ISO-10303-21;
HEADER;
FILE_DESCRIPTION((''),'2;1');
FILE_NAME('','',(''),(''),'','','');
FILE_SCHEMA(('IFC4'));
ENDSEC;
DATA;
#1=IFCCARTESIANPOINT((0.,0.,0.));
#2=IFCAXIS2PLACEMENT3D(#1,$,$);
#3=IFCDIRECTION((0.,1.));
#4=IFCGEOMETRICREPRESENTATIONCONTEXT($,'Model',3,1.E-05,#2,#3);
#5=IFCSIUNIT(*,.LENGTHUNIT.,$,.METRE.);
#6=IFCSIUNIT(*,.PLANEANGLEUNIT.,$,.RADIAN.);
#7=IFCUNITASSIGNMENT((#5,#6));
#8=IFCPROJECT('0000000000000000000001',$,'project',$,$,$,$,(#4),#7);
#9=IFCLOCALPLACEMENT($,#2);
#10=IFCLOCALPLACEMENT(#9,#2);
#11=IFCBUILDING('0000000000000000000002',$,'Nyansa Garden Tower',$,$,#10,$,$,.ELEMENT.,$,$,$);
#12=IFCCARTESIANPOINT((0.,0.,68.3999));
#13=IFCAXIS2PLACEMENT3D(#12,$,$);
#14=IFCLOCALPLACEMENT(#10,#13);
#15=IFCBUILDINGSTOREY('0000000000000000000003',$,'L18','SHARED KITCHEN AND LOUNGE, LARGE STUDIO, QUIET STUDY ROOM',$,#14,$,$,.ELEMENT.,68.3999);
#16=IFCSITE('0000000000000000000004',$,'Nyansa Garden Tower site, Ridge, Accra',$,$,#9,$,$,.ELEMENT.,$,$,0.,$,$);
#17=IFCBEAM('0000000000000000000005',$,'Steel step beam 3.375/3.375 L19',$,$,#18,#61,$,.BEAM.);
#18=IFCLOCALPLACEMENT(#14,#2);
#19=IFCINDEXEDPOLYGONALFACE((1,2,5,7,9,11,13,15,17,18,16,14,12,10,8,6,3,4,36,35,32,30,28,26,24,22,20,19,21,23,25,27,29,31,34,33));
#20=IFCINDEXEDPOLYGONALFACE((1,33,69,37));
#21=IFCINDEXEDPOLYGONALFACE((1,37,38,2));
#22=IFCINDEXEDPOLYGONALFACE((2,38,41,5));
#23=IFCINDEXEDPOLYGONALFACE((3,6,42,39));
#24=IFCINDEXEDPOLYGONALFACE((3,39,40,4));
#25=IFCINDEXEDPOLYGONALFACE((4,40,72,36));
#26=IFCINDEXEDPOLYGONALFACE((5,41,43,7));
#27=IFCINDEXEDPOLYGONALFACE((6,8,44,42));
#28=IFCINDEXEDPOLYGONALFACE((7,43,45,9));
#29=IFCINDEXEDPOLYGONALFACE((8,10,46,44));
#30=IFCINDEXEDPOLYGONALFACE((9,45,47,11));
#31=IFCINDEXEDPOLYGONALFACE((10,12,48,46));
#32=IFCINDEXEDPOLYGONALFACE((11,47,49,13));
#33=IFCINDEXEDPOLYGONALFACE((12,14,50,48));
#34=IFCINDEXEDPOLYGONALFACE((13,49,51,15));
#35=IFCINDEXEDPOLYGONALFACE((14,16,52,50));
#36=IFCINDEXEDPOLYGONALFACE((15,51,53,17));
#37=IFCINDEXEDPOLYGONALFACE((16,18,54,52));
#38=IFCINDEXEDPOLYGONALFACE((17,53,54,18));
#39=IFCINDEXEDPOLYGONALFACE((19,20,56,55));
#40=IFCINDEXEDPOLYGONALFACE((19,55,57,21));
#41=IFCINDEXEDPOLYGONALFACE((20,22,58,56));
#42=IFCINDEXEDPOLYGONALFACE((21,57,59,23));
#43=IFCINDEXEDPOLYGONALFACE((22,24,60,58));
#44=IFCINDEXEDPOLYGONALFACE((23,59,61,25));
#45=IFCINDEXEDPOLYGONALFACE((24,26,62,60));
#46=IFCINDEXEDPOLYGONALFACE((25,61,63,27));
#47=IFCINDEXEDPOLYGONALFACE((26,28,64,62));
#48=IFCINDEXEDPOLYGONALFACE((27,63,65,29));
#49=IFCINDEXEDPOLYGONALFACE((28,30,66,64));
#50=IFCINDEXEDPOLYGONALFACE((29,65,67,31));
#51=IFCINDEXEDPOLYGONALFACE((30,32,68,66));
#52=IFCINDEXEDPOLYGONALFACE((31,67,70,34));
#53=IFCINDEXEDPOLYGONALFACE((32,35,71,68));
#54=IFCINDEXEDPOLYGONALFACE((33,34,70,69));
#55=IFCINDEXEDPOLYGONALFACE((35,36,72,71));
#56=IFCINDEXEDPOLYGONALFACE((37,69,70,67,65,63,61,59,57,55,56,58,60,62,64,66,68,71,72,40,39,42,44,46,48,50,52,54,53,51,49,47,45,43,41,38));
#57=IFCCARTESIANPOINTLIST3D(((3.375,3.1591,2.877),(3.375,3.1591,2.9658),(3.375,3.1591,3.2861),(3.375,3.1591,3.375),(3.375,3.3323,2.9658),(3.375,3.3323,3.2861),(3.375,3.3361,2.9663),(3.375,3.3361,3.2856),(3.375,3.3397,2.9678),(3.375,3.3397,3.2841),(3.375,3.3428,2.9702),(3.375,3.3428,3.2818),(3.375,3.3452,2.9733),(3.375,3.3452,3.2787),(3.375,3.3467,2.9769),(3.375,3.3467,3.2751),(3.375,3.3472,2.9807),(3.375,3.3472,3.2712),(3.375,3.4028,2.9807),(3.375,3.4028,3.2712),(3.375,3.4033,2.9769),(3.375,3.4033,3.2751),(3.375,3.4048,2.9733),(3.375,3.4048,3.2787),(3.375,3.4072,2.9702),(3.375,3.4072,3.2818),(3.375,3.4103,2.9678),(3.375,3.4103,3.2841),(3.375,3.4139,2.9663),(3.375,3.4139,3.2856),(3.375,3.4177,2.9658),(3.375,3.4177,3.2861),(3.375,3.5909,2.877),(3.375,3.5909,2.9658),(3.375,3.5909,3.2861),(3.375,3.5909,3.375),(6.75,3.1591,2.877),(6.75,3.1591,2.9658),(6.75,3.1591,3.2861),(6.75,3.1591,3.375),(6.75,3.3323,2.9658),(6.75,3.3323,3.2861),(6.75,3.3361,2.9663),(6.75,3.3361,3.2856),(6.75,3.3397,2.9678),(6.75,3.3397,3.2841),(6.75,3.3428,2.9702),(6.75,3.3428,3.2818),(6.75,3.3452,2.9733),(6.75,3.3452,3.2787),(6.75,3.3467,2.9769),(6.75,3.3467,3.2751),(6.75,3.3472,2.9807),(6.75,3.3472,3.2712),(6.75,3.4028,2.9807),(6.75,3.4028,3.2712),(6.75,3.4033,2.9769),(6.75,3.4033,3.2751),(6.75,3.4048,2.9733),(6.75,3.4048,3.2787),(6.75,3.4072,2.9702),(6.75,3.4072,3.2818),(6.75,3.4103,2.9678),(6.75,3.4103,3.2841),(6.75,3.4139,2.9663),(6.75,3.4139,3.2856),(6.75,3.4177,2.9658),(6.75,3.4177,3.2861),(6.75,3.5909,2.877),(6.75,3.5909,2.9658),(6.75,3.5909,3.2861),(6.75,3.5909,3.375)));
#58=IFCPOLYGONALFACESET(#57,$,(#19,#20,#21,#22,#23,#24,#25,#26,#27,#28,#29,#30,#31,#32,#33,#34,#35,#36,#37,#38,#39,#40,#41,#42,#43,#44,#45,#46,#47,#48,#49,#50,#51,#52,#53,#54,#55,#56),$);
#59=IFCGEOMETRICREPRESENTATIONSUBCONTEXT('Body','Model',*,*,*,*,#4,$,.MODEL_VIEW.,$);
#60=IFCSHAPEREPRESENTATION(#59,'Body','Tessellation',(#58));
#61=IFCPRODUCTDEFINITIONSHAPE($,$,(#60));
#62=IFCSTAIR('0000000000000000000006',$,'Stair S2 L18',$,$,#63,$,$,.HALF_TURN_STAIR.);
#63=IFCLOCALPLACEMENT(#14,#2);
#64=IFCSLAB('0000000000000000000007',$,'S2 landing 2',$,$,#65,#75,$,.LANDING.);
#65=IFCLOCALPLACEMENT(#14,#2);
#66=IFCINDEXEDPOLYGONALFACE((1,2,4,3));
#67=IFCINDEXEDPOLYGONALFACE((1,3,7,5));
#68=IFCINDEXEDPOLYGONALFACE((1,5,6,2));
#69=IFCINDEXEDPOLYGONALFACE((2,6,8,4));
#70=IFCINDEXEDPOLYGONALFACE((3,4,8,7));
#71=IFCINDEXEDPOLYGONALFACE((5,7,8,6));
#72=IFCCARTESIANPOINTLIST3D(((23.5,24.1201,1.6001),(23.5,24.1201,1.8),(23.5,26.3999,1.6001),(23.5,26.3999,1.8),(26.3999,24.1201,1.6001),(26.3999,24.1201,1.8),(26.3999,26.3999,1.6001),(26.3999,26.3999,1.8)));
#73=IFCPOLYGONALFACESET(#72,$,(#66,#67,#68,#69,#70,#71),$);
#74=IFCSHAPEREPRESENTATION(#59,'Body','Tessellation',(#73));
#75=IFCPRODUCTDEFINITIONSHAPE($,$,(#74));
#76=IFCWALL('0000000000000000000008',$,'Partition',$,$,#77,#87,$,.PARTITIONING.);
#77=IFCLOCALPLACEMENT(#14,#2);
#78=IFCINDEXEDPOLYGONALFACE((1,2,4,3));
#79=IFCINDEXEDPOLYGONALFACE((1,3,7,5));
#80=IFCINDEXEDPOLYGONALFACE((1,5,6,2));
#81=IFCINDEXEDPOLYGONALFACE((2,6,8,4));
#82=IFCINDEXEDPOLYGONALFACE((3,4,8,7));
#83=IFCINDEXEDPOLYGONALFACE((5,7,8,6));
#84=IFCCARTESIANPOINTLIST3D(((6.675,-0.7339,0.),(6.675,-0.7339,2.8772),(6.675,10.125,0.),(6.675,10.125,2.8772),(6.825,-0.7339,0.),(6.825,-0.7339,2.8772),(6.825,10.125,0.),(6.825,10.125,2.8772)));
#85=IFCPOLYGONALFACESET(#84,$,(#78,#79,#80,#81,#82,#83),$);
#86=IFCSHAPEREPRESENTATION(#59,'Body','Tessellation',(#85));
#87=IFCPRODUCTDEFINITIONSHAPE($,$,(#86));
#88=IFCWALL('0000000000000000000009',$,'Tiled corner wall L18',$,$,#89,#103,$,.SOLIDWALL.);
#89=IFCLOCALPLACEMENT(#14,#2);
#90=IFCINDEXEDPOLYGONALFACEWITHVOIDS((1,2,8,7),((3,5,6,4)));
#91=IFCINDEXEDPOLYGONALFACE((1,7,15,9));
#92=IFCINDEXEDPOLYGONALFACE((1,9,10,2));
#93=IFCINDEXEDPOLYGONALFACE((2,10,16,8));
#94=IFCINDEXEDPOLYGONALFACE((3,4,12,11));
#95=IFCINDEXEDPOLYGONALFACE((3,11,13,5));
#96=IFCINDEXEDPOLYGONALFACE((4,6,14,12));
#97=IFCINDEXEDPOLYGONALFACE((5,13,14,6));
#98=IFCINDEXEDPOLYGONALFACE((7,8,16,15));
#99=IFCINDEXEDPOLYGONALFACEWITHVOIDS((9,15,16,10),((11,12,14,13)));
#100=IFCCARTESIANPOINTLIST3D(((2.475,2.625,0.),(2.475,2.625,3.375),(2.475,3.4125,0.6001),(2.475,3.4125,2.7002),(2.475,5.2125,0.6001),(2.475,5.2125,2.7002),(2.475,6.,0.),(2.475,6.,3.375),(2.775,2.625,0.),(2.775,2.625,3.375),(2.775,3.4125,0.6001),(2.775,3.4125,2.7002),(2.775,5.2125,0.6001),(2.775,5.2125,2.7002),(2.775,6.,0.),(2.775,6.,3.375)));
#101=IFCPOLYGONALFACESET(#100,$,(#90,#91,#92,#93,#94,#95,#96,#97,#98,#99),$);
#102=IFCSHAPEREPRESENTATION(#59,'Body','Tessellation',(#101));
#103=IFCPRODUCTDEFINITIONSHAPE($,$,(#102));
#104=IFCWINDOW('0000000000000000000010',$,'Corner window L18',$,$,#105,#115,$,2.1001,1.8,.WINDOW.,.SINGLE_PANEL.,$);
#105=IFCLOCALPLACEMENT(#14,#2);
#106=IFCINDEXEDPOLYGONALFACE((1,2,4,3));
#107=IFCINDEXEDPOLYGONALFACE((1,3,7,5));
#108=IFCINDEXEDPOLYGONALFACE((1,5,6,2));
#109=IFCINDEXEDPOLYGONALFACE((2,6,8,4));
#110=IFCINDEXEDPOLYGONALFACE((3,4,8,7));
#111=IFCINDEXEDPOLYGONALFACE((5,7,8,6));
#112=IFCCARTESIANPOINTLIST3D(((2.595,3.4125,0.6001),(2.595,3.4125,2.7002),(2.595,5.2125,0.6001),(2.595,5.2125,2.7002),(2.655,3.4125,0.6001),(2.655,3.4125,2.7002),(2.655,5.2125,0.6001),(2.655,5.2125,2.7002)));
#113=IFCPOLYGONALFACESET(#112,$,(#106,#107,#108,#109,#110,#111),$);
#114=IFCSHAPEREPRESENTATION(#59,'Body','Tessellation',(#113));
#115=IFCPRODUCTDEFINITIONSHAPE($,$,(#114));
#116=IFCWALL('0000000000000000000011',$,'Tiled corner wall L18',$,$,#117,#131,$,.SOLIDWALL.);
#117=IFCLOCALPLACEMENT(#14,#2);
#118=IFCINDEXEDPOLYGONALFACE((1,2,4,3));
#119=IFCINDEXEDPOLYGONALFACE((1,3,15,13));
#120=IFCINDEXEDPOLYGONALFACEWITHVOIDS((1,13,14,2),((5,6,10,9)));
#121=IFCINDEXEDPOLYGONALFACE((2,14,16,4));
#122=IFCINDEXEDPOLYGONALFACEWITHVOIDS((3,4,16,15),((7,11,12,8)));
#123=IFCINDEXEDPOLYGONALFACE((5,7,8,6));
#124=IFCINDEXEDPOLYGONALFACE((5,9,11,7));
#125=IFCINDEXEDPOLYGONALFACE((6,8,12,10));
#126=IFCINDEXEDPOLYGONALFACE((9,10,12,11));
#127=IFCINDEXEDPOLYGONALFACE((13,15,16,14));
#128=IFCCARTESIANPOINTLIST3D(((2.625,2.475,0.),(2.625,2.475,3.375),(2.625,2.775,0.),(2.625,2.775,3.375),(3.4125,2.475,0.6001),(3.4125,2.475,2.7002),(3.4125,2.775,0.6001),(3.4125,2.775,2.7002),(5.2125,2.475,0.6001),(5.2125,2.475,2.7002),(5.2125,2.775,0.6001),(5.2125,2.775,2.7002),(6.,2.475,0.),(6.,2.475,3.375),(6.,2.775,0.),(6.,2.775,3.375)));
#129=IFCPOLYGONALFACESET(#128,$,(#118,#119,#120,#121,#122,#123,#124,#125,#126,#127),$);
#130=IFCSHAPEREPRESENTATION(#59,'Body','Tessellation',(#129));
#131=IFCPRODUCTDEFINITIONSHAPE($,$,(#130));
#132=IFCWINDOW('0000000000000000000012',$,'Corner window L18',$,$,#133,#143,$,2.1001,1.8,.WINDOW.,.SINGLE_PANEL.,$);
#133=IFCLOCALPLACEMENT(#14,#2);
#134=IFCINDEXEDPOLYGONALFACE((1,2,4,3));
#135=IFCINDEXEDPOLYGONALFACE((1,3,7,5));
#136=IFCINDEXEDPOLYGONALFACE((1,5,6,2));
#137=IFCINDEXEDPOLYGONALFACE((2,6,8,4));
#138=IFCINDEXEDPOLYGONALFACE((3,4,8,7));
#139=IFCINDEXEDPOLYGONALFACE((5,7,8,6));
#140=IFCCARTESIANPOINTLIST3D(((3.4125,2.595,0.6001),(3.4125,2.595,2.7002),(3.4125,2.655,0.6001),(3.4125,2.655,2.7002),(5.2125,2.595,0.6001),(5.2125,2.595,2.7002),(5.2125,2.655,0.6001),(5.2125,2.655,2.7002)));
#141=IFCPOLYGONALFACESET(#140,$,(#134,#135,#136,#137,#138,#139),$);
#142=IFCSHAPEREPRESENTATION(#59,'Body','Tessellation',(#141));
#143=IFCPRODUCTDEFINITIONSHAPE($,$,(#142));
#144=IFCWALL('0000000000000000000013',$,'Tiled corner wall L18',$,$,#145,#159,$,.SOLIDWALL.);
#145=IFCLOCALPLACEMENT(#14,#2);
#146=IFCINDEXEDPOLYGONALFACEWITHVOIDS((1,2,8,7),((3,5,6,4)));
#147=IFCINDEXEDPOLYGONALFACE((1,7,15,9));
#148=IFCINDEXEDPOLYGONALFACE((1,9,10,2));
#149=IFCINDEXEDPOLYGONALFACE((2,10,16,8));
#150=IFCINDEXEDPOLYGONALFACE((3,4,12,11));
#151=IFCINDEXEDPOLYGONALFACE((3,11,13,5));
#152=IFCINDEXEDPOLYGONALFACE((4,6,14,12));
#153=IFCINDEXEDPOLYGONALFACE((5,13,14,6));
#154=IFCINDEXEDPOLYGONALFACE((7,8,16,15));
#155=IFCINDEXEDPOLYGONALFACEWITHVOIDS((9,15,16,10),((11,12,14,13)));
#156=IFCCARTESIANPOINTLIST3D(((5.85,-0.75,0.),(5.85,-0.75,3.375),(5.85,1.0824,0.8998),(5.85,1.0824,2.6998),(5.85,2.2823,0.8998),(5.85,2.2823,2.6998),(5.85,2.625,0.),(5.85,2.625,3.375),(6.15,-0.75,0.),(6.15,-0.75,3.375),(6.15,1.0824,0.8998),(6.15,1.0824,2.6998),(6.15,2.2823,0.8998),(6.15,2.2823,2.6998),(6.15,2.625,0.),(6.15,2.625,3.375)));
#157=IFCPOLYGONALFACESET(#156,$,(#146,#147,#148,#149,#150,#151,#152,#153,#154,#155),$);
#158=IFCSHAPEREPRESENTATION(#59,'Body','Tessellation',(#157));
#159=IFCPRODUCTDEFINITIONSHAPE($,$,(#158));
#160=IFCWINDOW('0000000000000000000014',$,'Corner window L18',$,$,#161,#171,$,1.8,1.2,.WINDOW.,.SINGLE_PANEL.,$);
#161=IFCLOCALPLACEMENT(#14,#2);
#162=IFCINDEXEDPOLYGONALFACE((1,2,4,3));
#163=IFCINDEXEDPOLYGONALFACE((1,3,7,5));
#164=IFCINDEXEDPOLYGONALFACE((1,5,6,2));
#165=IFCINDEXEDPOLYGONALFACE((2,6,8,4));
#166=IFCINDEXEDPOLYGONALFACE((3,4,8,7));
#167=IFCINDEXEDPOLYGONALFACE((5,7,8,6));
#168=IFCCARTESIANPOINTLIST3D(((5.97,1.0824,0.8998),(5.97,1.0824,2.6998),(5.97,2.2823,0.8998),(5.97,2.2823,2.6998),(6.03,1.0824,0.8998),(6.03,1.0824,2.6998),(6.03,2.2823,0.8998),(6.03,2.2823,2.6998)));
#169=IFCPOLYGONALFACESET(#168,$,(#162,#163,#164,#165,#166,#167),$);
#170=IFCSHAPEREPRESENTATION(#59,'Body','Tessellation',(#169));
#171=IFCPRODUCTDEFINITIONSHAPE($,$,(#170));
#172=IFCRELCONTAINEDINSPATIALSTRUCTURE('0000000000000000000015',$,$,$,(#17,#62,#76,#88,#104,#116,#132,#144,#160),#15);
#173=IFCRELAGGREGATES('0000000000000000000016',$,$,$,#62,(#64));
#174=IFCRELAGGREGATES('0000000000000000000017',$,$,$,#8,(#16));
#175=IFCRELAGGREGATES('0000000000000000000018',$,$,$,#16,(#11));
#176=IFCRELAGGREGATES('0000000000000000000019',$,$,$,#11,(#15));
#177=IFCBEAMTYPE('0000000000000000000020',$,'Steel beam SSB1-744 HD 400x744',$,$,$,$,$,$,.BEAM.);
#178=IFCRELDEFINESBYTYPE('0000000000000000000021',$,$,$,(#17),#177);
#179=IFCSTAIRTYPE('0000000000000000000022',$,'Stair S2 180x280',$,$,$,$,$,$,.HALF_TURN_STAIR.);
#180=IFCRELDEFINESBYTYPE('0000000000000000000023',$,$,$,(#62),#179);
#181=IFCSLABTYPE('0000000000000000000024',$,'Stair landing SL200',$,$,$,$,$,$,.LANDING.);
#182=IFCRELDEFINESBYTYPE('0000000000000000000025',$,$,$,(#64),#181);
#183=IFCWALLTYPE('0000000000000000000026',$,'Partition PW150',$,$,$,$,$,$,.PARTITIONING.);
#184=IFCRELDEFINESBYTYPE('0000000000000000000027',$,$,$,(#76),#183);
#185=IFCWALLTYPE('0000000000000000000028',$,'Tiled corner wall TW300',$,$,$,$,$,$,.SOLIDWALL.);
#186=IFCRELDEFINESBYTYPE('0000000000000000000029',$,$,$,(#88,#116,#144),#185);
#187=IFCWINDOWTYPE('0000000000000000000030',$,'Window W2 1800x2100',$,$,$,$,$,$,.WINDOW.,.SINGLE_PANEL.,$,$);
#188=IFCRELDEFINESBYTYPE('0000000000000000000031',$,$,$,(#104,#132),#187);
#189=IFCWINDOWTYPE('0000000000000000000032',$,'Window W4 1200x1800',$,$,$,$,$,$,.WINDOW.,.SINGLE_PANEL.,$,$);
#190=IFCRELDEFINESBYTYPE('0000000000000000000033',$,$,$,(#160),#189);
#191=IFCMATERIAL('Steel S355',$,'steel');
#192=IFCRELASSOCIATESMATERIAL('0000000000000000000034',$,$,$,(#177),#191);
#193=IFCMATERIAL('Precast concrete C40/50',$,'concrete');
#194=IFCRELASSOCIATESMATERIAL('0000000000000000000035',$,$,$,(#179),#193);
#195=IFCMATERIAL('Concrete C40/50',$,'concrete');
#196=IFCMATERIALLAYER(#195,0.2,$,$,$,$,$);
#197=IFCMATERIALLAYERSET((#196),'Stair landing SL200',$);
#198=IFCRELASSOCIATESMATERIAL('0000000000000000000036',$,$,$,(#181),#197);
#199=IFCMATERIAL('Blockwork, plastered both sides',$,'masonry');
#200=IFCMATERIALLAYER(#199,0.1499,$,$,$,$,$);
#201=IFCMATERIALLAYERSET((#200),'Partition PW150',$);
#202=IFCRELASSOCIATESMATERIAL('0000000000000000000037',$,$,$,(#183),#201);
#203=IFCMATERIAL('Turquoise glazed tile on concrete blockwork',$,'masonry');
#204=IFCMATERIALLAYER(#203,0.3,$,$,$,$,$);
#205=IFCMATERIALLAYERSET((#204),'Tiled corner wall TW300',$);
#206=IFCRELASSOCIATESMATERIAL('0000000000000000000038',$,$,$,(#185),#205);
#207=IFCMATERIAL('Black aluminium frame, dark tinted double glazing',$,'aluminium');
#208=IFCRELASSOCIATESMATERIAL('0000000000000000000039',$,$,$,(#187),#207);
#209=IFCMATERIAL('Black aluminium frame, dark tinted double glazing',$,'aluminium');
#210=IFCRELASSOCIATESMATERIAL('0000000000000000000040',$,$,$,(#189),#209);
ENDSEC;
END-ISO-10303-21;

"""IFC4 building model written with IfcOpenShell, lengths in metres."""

from ifc_helpers import new_model, si_unit, direction, frame, frame_2d, origin, origin_2d, place, context, subcontext, project, spatial, polyline, rectangle, i_section, outline, extrude, material, layer, layer_set, material_profile, profile_set, type_object, element, fill, aggregate, save


model = new_model("IFC4")

# Units and contexts
model_context = context("Model", 3, precision=1e-05, world=origin(), true_north=direction((0.0, 1.0)))
body_context = subcontext(model_context, "Body", "Model", "MODEL_VIEW")
ifc_project = project(units=[si_unit("LENGTHUNIT", "METRE"), si_unit("PLANEANGLEUNIT", "RADIAN")], contexts=[model_context])

# Site, building, storey
site_placement = place(None, origin())
site = spatial("IfcSite", under=ifc_project, at=site_placement, Name="Nyansa Garden Tower site, Ridge, Accra", CompositionType="ELEMENT", RefElevation=0.0)
building_placement = place(site_placement, origin())
building = spatial("IfcBuilding", under=site, at=building_placement, Name="Nyansa Garden Tower", CompositionType="ELEMENT")
storey_placement = place(building_placement, frame((0.0, 0.0, 68.3999)))
storey = spatial("IfcBuildingStorey", under=building, at=storey_placement, Name="L18", Description="SHARED KITCHEN AND LOUNGE, LARGE STUDIO, QUIET STUDY ROOM", CompositionType="ELEMENT", Elevation=68.3999)

# Beam
ifc_material_1 = material(Name="Steel S355", Category="steel")
ifc_material_profile_1 = material_profile(ifc_material_1, i_section(OverallWidth=0.4319, OverallDepth=0.498, WebThickness=0.0557, FlangeThickness=0.0889, FilletRadius=0.0149, at=origin_2d()), Name="HD 400x744")
ifc_profile_set_1 = profile_set([ifc_material_profile_1], Name="Steel S355")
beam_type_1 = type_object("IfcBeamType", Name="Steel beam SSB1-744 HD 400x744", PredefinedType="BEAM", material=ifc_profile_set_1)
for number, where, z_axis, x_axis, name in (
    (1, (3.375, 3.375, 3.126), (1.0, 0.0, 0.0), (0.0, 1.0, 0.0), "Steel step beam 3.375/3.375 L19"),
):
    element("IfcBeam", number, at=place(storey_placement, frame(where, z_axis=z_axis, x_axis=x_axis)), inside=storey, type_object=beam_type_1, Name=name, PredefinedType="BEAM", context=body_context, shape_type="SweptSolid", body=[
        extrude(i_section(OverallWidth=0.4319, OverallDepth=0.498, WebThickness=0.0557, FlangeThickness=0.0889, FilletRadius=0.0149, at=origin_2d()), origin(), (0.0, 0.0, 1.0), 3.375),
    ])

# Stair, slab
ifc_material_2 = material(Name="Precast concrete C40/50", Category="concrete")
stair_type = type_object("IfcStairType", Name="Stair S2 180x280", PredefinedType="HALF_TURN_STAIR", material=ifc_material_2)
stair_placement = place(storey_placement, origin())
stair = element("IfcStair", 2, at=stair_placement, inside=storey, type_object=stair_type, Name="Stair S2 L18", PredefinedType="HALF_TURN_STAIR")
ifc_material_3 = material(Name="Concrete C40/50", Category="concrete")
ifc_layer_1 = layer(ifc_material_3, 0.2)
ifc_layer_set_1 = layer_set([ifc_layer_1], Name="Stair landing SL200")
slab_type = type_object("IfcSlabType", Name="Stair landing SL200", PredefinedType="LANDING", material=ifc_layer_set_1)
slab_placement = place(storey_placement, frame((0.0, 0.0, 1.6001)))
slab = element("IfcSlab", 3, at=slab_placement, type_object=slab_type, Name="S2 landing 2", PredefinedType="LANDING", context=body_context, shape_type="SweptSolid", body=[
    extrude(outline(polyline([(23.5, 24.1201), (26.3999, 24.1201), (26.3999, 26.3999), (23.5, 26.3999), (23.5, 24.1201)])), origin(), (0.0, 0.0, 1.0), 0.2),
])
aggregate(stair, [slab])

# Wall
ifc_material_4 = material(Name="Blockwork, plastered both sides", Category="masonry")
ifc_layer_2 = layer(ifc_material_4, 0.1499)
ifc_layer_set_2 = layer_set([ifc_layer_2], Name="Partition PW150")
wall_type_1 = type_object("IfcWallType", Name="Partition PW150", PredefinedType="PARTITIONING", material=ifc_layer_set_2)
wall_1_placement = place(storey_placement, frame((6.75, -0.7339, 0.0), z_axis=(0.0, 0.0, 1.0), x_axis=(0.0, 1.0, 0.0)))
element("IfcWall", 4, at=wall_1_placement, inside=storey, type_object=wall_type_1, Name="Partition", PredefinedType="PARTITIONING", context=body_context, shape_type="SweptSolid", body=[
    extrude(rectangle(XDim=10.8589, YDim=0.1499, at=frame_2d((5.4294, 0.0))), origin(), (0.0, 0.0, 1.0), 2.8772),
])

# Walls, openings, windows
ifc_material_5 = material(Name="Turquoise glazed tile on concrete blockwork", Category="masonry")
ifc_layer_3 = layer(ifc_material_5, 0.3)
ifc_layer_set_3 = layer_set([ifc_layer_3], Name="Tiled corner wall TW300")
wall_type_2 = type_object("IfcWallType", Name="Tiled corner wall TW300", PredefinedType="SOLIDWALL", material=ifc_layer_set_3)
wall_2_placement = place(storey_placement, frame((2.625, 6.0, 0.0), z_axis=(0.0, 0.0, 1.0), x_axis=(0.0, -1.0, 0.0)))
wall_2 = element("IfcWall", 5, at=wall_2_placement, inside=storey, type_object=wall_type_2, Name="Tiled corner wall L18", PredefinedType="SOLIDWALL", context=body_context, shape_type="SweptSolid", body=[
    extrude(rectangle(XDim=3.375, YDim=0.3, at=frame_2d((1.6875, 0.0))), origin(), (0.0, 0.0, 1.0), 3.375),
])
opening_1_placement = place(wall_2_placement, frame((0.7876, 0.0, 0.6001)))
opening_1 = element("IfcOpeningElement", 6, at=opening_1_placement, cuts=wall_2, PredefinedType="OPENING", context=body_context, shape_type="SweptSolid", body=[
    extrude(rectangle(XDim=1.8, YDim=2.1001, at=frame_2d((0.8999, 1.05))), frame((0.0, 0.1599, 0.0), z_axis=(0.0, -1.0, 0.0), x_axis=(1.0, 0.0, 0.0)), (0.0, 0.0, 1.0), 0.3201),
])
ifc_material_6 = material(Name="Black aluminium frame, dark tinted double glazing", Category="aluminium")
window_type_1 = type_object("IfcWindowType", Name="Window W2 1800x2100", PartitioningType="SINGLE_PANEL", PredefinedType="WINDOW", material=ifc_material_6)
window_1_placement = place(opening_1_placement, origin())
window_1 = element("IfcWindow", 7, at=window_1_placement, inside=storey, type_object=window_type_1, Name="Corner window L18", OverallHeight=2.1001, OverallWidth=1.8, PartitioningType="SINGLE_PANEL", PredefinedType="WINDOW", context=body_context, shape_type="SweptSolid", body=[
    extrude(rectangle(XDim=1.8, YDim=2.1001, at=frame_2d((0.8999, 1.05))), frame((0.0, 0.03, 0.0), z_axis=(0.0, -1.0, 0.0), x_axis=(1.0, 0.0, 0.0)), (0.0, 0.0, 1.0), 0.0601),
])
fill(opening_1, window_1)
wall_3_placement = place(storey_placement, frame((2.625, 2.625, 0.0), z_axis=(0.0, 0.0, 1.0), x_axis=(1.0, 0.0, 0.0)))
wall_3 = element("IfcWall", 8, at=wall_3_placement, inside=storey, type_object=wall_type_2, Name="Tiled corner wall L18", PredefinedType="SOLIDWALL", context=body_context, shape_type="SweptSolid", body=[
    extrude(rectangle(XDim=3.375, YDim=0.3, at=frame_2d((1.6875, 0.0))), origin(), (0.0, 0.0, 1.0), 3.375),
])
opening_2_placement = place(wall_3_placement, frame((0.7876, 0.0, 0.6001)))
opening_2 = element("IfcOpeningElement", 9, at=opening_2_placement, cuts=wall_3, PredefinedType="OPENING", context=body_context, shape_type="SweptSolid", body=[
    extrude(rectangle(XDim=1.8, YDim=2.1001, at=frame_2d((0.8999, 1.05))), frame((0.0, 0.1599, 0.0), z_axis=(0.0, -1.0, 0.0), x_axis=(1.0, 0.0, 0.0)), (0.0, 0.0, 1.0), 0.3201),
])
window_2_placement = place(opening_2_placement, origin())
window_2 = element("IfcWindow", 10, at=window_2_placement, inside=storey, type_object=window_type_1, Name="Corner window L18", OverallHeight=2.1001, OverallWidth=1.8, PartitioningType="SINGLE_PANEL", PredefinedType="WINDOW", context=body_context, shape_type="SweptSolid", body=[
    extrude(rectangle(XDim=1.8, YDim=2.1001, at=frame_2d((0.8999, 1.05))), frame((0.0, 0.03, 0.0), z_axis=(0.0, -1.0, 0.0), x_axis=(1.0, 0.0, 0.0)), (0.0, 0.0, 1.0), 0.0601),
])
fill(opening_2, window_2)
wall_4_placement = place(storey_placement, frame((6.0, 2.625, 0.0), z_axis=(0.0, 0.0, 1.0), x_axis=(0.0, -1.0, 0.0)))
wall_4 = element("IfcWall", 11, at=wall_4_placement, inside=storey, type_object=wall_type_2, Name="Tiled corner wall L18", PredefinedType="SOLIDWALL", context=body_context, shape_type="SweptSolid", body=[
    extrude(rectangle(XDim=3.375, YDim=0.3, at=frame_2d((1.6875, 0.0))), origin(), (0.0, 0.0, 1.0), 3.375),
])
opening_3_placement = place(wall_4_placement, frame((0.3425, 0.0, 0.8999)))
opening_3 = element("IfcOpeningElement", 12, at=opening_3_placement, cuts=wall_4, PredefinedType="OPENING", context=body_context, shape_type="SweptSolid", body=[
    extrude(rectangle(XDim=1.2, YDim=1.8, at=frame_2d((0.6001, 0.8999))), frame((0.0, 0.1599, 0.0), z_axis=(0.0, -1.0, 0.0), x_axis=(1.0, 0.0, 0.0)), (0.0, 0.0, 1.0), 0.3201),
])
ifc_material_7 = material(Name="Black aluminium frame, dark tinted double glazing", Category="aluminium")
window_type_2 = type_object("IfcWindowType", Name="Window W4 1200x1800", PartitioningType="SINGLE_PANEL", PredefinedType="WINDOW", material=ifc_material_7)
window_3_placement = place(opening_3_placement, origin())
window_3 = element("IfcWindow", 13, at=window_3_placement, inside=storey, type_object=window_type_2, Name="Corner window L18", OverallHeight=1.8, OverallWidth=1.2, PartitioningType="SINGLE_PANEL", PredefinedType="WINDOW", context=body_context, shape_type="SweptSolid", body=[
    extrude(rectangle(XDim=1.2, YDim=1.8, at=frame_2d((0.6001, 0.8999))), frame((0.0, 0.03, 0.0), z_axis=(0.0, -1.0, 0.0), x_axis=(1.0, 0.0, 0.0)), (0.0, 0.0, 1.0), 0.0601),
])
fill(opening_3, window_3)

save(model, "model.ifc")
